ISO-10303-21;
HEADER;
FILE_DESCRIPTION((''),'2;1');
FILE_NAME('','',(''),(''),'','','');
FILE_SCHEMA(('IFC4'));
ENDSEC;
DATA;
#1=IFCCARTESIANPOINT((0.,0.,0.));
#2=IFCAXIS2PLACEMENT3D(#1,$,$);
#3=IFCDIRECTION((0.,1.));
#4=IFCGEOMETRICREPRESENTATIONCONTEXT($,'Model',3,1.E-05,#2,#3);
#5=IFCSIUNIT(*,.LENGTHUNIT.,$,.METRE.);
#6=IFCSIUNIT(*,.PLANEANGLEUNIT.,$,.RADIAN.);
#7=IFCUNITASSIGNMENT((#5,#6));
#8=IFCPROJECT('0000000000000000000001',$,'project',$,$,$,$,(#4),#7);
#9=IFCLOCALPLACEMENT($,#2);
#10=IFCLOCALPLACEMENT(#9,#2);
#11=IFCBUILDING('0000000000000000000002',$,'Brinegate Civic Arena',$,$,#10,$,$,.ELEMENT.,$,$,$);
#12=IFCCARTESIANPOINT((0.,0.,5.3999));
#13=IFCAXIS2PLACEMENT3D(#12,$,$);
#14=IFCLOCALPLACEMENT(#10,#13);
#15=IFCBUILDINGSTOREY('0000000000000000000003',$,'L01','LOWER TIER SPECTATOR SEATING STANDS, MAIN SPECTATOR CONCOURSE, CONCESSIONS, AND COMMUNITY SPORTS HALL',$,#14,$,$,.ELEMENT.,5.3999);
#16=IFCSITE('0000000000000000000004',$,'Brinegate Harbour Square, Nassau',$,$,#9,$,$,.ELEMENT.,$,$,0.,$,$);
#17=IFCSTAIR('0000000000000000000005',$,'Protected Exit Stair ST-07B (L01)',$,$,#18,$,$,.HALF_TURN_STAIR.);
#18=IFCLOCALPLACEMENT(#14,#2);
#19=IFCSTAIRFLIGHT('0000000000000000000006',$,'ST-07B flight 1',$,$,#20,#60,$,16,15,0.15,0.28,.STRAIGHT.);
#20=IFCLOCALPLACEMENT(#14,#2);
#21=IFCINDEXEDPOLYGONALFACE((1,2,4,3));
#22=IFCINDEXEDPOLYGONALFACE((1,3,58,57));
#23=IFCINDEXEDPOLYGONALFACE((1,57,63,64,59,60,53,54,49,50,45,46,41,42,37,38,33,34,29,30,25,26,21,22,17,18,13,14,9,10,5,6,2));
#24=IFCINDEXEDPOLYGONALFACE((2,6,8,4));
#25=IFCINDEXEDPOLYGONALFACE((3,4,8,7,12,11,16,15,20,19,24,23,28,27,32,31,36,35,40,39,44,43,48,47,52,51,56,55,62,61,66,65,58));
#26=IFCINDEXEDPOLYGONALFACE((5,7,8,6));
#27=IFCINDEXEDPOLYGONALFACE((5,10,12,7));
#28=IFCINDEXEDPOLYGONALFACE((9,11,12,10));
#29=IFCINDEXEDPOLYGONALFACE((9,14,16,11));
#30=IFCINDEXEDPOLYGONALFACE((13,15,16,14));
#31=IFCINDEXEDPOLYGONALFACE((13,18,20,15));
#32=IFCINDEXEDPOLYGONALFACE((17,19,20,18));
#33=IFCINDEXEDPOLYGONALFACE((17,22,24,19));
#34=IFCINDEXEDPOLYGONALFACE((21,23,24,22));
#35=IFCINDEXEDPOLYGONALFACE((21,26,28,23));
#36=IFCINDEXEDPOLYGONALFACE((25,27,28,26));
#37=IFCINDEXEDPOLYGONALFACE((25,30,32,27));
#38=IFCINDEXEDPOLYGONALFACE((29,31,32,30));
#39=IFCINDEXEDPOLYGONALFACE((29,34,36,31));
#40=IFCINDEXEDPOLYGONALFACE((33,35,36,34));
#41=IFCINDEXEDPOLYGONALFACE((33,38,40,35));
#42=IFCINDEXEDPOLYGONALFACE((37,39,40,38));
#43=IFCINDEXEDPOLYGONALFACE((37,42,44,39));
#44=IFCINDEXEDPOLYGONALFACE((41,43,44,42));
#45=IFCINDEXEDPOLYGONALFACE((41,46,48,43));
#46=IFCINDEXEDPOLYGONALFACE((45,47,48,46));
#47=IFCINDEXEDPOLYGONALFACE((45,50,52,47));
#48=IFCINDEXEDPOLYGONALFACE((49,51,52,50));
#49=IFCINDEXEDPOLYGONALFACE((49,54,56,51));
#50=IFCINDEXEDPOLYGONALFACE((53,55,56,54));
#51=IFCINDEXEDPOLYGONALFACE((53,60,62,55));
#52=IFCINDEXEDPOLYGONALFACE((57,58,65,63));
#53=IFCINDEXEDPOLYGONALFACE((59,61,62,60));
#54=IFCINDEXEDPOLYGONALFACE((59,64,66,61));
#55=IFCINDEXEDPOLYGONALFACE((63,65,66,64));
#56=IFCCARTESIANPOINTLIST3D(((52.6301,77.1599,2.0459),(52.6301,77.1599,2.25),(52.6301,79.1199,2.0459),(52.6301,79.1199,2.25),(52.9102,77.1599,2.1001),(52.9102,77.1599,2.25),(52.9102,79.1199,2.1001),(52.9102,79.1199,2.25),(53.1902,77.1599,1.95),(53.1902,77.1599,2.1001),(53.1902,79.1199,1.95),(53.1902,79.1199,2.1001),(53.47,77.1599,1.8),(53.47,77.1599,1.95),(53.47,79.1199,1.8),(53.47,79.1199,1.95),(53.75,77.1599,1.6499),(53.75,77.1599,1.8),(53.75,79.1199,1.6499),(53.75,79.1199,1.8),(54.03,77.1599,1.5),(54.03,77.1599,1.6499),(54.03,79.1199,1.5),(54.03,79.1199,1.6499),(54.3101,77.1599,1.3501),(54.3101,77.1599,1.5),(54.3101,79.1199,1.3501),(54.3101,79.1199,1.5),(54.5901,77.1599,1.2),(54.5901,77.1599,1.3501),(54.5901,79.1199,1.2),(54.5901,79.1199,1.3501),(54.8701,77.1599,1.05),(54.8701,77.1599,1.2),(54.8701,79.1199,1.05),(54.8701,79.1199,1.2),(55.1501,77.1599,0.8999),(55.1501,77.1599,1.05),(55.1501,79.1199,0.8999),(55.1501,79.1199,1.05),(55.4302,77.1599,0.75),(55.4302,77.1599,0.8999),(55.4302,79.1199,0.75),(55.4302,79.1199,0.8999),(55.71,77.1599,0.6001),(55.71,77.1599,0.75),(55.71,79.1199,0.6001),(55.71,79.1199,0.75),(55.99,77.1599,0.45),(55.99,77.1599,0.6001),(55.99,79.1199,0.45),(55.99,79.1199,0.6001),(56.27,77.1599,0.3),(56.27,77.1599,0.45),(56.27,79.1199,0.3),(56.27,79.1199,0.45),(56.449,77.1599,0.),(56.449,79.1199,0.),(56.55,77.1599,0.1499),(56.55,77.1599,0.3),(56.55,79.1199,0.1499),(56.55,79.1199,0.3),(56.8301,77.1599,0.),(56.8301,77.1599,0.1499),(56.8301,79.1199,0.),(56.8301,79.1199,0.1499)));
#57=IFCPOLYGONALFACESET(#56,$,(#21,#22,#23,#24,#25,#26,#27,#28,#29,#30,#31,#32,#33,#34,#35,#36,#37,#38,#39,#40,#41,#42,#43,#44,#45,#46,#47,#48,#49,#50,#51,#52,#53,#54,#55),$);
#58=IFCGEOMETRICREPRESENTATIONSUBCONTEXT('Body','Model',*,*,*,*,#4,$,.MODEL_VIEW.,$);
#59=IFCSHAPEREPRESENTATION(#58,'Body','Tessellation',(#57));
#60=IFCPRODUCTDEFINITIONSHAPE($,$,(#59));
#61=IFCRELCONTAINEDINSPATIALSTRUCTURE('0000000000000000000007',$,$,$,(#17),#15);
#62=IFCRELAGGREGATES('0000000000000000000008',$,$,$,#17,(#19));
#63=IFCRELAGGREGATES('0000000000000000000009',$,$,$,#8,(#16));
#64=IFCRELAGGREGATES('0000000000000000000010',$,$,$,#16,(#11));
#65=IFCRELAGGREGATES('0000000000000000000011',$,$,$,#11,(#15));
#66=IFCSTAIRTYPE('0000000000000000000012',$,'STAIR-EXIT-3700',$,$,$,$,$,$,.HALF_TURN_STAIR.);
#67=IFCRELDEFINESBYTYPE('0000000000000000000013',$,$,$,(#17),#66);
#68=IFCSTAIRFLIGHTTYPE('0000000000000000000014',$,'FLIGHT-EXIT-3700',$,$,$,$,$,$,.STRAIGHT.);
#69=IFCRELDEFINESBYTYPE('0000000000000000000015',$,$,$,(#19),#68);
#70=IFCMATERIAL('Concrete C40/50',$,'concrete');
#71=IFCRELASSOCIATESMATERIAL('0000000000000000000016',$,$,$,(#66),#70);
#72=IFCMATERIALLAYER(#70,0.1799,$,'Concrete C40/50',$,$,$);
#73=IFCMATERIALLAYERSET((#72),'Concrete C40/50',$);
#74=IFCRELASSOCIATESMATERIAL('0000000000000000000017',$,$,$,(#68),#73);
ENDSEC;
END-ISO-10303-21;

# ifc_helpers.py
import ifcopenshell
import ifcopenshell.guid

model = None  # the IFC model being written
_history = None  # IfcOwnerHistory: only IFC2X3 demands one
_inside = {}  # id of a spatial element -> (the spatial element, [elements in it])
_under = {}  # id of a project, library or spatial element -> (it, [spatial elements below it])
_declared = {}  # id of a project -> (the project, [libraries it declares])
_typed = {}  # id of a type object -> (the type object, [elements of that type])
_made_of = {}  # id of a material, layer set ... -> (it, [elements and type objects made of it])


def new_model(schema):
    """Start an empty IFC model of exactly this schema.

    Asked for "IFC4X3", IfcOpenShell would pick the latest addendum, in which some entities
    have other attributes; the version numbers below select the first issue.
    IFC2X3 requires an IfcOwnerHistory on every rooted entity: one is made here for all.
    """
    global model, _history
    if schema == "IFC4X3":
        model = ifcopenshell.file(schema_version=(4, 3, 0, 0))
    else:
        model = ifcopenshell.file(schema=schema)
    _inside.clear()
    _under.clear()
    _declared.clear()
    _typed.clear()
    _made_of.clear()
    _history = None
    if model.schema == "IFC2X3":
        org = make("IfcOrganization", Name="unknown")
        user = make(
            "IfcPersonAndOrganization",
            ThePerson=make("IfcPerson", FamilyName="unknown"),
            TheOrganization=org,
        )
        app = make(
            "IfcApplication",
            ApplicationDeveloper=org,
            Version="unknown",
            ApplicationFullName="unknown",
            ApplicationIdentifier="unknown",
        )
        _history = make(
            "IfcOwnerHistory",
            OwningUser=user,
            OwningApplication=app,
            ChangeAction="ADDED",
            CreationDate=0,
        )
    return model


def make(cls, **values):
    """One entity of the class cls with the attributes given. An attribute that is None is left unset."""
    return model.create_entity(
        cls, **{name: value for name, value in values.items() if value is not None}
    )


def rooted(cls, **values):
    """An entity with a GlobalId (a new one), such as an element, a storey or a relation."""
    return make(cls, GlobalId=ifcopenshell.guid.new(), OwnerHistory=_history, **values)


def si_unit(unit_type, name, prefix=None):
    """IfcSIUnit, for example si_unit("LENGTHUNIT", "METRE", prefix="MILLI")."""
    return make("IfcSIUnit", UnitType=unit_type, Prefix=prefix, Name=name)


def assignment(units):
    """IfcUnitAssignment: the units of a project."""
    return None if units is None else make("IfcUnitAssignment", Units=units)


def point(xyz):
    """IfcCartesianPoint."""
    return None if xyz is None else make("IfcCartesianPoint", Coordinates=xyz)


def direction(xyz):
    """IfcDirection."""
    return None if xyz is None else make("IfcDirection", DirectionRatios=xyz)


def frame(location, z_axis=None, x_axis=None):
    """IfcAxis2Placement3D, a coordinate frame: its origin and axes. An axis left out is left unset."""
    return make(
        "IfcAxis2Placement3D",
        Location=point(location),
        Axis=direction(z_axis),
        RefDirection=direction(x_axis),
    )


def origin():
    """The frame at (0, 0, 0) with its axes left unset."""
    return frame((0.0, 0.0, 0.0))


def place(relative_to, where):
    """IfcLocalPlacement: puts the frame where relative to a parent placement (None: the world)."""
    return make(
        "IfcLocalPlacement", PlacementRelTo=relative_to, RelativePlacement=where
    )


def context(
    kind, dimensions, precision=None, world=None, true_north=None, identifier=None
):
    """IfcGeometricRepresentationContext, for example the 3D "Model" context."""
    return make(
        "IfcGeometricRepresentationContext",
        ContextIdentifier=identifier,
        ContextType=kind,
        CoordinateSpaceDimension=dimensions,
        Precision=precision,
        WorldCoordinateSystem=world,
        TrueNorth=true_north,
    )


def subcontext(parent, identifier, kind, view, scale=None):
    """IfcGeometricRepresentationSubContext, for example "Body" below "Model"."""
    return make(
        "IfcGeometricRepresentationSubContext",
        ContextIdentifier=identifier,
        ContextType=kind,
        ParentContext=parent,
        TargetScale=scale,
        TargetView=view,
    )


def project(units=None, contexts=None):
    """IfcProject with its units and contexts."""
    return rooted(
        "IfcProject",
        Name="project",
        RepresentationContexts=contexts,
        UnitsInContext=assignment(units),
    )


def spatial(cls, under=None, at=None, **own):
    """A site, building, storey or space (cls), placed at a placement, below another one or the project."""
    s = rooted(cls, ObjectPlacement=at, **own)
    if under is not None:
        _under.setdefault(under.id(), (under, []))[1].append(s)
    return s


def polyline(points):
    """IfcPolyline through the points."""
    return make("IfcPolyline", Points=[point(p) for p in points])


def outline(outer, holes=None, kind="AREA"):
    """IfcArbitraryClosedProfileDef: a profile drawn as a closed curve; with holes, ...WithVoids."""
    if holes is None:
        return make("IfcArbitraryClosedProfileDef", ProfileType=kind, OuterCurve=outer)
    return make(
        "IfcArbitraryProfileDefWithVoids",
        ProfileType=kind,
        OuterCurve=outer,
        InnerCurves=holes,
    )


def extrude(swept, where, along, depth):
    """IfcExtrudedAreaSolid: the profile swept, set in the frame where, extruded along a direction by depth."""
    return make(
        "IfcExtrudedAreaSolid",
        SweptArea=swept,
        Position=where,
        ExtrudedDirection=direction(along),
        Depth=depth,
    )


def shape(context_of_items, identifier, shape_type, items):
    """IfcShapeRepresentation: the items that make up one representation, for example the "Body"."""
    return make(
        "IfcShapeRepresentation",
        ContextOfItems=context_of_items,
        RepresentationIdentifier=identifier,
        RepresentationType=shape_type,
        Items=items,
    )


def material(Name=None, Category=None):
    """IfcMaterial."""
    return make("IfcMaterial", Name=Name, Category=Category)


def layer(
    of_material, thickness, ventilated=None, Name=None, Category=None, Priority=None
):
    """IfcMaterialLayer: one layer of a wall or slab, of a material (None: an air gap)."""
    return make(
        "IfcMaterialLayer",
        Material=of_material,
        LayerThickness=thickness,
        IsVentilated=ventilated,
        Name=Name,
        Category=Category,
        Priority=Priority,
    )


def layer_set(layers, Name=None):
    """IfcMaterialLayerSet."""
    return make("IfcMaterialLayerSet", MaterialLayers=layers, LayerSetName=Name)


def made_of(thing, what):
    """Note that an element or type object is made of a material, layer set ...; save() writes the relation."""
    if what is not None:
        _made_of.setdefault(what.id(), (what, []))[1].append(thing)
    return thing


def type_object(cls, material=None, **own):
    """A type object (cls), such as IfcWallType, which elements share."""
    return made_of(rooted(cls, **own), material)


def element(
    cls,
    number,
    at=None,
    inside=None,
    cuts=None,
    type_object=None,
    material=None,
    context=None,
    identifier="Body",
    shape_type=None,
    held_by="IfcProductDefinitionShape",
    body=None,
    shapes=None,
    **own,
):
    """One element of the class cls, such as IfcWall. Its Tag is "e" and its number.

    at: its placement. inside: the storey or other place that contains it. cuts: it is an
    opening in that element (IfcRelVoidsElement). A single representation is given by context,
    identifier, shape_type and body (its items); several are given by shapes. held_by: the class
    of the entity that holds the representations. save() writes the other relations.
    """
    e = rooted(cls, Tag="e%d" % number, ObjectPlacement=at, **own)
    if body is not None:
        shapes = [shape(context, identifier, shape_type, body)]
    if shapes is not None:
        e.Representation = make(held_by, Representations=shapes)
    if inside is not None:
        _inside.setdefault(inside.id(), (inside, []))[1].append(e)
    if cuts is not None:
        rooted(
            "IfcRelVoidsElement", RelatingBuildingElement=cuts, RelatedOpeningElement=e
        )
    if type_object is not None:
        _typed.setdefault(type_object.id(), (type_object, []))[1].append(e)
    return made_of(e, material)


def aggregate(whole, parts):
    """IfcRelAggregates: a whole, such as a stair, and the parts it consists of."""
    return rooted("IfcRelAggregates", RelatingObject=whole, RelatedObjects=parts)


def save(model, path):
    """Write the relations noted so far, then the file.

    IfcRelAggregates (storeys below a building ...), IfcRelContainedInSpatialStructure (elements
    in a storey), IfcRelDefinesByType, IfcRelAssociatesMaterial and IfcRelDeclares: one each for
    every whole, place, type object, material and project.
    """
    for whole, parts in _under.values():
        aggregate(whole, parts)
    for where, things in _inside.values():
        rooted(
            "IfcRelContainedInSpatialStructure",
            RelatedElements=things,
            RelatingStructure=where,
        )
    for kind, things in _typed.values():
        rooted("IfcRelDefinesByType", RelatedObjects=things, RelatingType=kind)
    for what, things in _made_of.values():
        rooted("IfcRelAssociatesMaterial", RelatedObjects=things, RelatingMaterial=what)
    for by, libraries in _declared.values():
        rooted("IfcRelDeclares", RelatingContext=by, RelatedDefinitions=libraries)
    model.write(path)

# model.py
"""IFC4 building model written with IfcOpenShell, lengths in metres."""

from ifc_helpers import new_model, si_unit, direction, frame, origin, place, context, subcontext, project, spatial, polyline, outline, extrude, material, layer, layer_set, type_object, element, aggregate, save


model = new_model("IFC4")

# Units and contexts
model_context = context("Model", 3, precision=1e-05, world=origin(), true_north=direction((0.0, 1.0)))
body_context = subcontext(model_context, "Body", "Model", "MODEL_VIEW")
ifc_project = project(units=[si_unit("LENGTHUNIT", "METRE"), si_unit("PLANEANGLEUNIT", "RADIAN")], contexts=[model_context])

# Site, building, storey
site_placement = place(None, origin())
site = spatial("IfcSite", under=ifc_project, at=site_placement, Name="Brinegate Harbour Square, Nassau", CompositionType="ELEMENT", RefElevation=0.0)
building_placement = place(site_placement, origin())
building = spatial("IfcBuilding", under=site, at=building_placement, Name="Brinegate Civic Arena", CompositionType="ELEMENT")
storey_placement = place(building_placement, frame((0.0, 0.0, 5.3999)))
storey = spatial("IfcBuildingStorey", under=building, at=storey_placement, Name="L01", Description="LOWER TIER SPECTATOR SEATING STANDS, MAIN SPECTATOR CONCOURSE, CONCESSIONS, AND COMMUNITY SPORTS HALL", CompositionType="ELEMENT", Elevation=5.3999)

# Stair, stair flight
ifc_material_1 = material(Name="Concrete C40/50", Category="concrete")
stair_type = type_object("IfcStairType", Name="STAIR-EXIT-3700", PredefinedType="HALF_TURN_STAIR", material=ifc_material_1)
stair_placement = place(storey_placement, origin())
stair = element("IfcStair", 1, at=stair_placement, inside=storey, type_object=stair_type, Name="Protected Exit Stair ST-07B (L01)", PredefinedType="HALF_TURN_STAIR")
ifc_layer_1 = layer(ifc_material_1, 0.1799, Name="Concrete C40/50")
ifc_layer_set_1 = layer_set([ifc_layer_1], Name="Concrete C40/50")
stair_flight_type = type_object("IfcStairFlightType", Name="FLIGHT-EXIT-3700", PredefinedType="STRAIGHT", material=ifc_layer_set_1)
stair_flight_placement = place(storey_placement, frame((56.8301, 78.1399, 0.0), z_axis=(0.0, 0.0, 1.0), x_axis=(-1.0, 0.0, 0.0)))
stair_flight = element("IfcStairFlight", 2, at=stair_flight_placement, type_object=stair_flight_type, Name="ST-07B flight 1", NumberOfRisers=16, NumberOfTreads=15, PredefinedType="STRAIGHT", RiserHeight=0.15, TreadLength=0.28, context=body_context, shape_type="SweptSolid", body=[
    extrude(outline(polyline([(0.0, 0.0), (0.0, 0.1499), (0.28, 0.1499), (0.28, 0.3), (0.5601, 0.3), (0.5601, 0.45), (0.8401, 0.45), (0.8401, 0.6001), (1.1201, 0.6001), (1.1201, 0.75), (1.3999, 0.75), (1.3999, 0.8999), (1.6799, 0.8999), (1.6799, 1.05), (1.96, 1.05), (1.96, 1.2), (2.24, 1.2), (2.24, 1.3501), (2.52, 1.3501), (2.52, 1.5), (2.8, 1.5), (2.8, 1.6499), (3.0801, 1.6499), (3.0801, 1.8), (3.3601, 1.8), (3.3601, 1.95), (3.6399, 1.95), (3.6399, 2.1001), (3.9199, 2.1001), (3.9199, 2.25), (4.2, 2.25), (4.2, 2.3999), (4.2, 2.0459), (0.3811, 0.0), (0.0, 0.0)])), frame((0.0, 0.98, 0.0), z_axis=(0.0, -1.0, 0.0), x_axis=(1.0, 0.0, 0.0)), (0.0, 0.0, 1.0), 1.96),
])
aggregate(stair, [stair_flight])

save(model, "model.ifc")
